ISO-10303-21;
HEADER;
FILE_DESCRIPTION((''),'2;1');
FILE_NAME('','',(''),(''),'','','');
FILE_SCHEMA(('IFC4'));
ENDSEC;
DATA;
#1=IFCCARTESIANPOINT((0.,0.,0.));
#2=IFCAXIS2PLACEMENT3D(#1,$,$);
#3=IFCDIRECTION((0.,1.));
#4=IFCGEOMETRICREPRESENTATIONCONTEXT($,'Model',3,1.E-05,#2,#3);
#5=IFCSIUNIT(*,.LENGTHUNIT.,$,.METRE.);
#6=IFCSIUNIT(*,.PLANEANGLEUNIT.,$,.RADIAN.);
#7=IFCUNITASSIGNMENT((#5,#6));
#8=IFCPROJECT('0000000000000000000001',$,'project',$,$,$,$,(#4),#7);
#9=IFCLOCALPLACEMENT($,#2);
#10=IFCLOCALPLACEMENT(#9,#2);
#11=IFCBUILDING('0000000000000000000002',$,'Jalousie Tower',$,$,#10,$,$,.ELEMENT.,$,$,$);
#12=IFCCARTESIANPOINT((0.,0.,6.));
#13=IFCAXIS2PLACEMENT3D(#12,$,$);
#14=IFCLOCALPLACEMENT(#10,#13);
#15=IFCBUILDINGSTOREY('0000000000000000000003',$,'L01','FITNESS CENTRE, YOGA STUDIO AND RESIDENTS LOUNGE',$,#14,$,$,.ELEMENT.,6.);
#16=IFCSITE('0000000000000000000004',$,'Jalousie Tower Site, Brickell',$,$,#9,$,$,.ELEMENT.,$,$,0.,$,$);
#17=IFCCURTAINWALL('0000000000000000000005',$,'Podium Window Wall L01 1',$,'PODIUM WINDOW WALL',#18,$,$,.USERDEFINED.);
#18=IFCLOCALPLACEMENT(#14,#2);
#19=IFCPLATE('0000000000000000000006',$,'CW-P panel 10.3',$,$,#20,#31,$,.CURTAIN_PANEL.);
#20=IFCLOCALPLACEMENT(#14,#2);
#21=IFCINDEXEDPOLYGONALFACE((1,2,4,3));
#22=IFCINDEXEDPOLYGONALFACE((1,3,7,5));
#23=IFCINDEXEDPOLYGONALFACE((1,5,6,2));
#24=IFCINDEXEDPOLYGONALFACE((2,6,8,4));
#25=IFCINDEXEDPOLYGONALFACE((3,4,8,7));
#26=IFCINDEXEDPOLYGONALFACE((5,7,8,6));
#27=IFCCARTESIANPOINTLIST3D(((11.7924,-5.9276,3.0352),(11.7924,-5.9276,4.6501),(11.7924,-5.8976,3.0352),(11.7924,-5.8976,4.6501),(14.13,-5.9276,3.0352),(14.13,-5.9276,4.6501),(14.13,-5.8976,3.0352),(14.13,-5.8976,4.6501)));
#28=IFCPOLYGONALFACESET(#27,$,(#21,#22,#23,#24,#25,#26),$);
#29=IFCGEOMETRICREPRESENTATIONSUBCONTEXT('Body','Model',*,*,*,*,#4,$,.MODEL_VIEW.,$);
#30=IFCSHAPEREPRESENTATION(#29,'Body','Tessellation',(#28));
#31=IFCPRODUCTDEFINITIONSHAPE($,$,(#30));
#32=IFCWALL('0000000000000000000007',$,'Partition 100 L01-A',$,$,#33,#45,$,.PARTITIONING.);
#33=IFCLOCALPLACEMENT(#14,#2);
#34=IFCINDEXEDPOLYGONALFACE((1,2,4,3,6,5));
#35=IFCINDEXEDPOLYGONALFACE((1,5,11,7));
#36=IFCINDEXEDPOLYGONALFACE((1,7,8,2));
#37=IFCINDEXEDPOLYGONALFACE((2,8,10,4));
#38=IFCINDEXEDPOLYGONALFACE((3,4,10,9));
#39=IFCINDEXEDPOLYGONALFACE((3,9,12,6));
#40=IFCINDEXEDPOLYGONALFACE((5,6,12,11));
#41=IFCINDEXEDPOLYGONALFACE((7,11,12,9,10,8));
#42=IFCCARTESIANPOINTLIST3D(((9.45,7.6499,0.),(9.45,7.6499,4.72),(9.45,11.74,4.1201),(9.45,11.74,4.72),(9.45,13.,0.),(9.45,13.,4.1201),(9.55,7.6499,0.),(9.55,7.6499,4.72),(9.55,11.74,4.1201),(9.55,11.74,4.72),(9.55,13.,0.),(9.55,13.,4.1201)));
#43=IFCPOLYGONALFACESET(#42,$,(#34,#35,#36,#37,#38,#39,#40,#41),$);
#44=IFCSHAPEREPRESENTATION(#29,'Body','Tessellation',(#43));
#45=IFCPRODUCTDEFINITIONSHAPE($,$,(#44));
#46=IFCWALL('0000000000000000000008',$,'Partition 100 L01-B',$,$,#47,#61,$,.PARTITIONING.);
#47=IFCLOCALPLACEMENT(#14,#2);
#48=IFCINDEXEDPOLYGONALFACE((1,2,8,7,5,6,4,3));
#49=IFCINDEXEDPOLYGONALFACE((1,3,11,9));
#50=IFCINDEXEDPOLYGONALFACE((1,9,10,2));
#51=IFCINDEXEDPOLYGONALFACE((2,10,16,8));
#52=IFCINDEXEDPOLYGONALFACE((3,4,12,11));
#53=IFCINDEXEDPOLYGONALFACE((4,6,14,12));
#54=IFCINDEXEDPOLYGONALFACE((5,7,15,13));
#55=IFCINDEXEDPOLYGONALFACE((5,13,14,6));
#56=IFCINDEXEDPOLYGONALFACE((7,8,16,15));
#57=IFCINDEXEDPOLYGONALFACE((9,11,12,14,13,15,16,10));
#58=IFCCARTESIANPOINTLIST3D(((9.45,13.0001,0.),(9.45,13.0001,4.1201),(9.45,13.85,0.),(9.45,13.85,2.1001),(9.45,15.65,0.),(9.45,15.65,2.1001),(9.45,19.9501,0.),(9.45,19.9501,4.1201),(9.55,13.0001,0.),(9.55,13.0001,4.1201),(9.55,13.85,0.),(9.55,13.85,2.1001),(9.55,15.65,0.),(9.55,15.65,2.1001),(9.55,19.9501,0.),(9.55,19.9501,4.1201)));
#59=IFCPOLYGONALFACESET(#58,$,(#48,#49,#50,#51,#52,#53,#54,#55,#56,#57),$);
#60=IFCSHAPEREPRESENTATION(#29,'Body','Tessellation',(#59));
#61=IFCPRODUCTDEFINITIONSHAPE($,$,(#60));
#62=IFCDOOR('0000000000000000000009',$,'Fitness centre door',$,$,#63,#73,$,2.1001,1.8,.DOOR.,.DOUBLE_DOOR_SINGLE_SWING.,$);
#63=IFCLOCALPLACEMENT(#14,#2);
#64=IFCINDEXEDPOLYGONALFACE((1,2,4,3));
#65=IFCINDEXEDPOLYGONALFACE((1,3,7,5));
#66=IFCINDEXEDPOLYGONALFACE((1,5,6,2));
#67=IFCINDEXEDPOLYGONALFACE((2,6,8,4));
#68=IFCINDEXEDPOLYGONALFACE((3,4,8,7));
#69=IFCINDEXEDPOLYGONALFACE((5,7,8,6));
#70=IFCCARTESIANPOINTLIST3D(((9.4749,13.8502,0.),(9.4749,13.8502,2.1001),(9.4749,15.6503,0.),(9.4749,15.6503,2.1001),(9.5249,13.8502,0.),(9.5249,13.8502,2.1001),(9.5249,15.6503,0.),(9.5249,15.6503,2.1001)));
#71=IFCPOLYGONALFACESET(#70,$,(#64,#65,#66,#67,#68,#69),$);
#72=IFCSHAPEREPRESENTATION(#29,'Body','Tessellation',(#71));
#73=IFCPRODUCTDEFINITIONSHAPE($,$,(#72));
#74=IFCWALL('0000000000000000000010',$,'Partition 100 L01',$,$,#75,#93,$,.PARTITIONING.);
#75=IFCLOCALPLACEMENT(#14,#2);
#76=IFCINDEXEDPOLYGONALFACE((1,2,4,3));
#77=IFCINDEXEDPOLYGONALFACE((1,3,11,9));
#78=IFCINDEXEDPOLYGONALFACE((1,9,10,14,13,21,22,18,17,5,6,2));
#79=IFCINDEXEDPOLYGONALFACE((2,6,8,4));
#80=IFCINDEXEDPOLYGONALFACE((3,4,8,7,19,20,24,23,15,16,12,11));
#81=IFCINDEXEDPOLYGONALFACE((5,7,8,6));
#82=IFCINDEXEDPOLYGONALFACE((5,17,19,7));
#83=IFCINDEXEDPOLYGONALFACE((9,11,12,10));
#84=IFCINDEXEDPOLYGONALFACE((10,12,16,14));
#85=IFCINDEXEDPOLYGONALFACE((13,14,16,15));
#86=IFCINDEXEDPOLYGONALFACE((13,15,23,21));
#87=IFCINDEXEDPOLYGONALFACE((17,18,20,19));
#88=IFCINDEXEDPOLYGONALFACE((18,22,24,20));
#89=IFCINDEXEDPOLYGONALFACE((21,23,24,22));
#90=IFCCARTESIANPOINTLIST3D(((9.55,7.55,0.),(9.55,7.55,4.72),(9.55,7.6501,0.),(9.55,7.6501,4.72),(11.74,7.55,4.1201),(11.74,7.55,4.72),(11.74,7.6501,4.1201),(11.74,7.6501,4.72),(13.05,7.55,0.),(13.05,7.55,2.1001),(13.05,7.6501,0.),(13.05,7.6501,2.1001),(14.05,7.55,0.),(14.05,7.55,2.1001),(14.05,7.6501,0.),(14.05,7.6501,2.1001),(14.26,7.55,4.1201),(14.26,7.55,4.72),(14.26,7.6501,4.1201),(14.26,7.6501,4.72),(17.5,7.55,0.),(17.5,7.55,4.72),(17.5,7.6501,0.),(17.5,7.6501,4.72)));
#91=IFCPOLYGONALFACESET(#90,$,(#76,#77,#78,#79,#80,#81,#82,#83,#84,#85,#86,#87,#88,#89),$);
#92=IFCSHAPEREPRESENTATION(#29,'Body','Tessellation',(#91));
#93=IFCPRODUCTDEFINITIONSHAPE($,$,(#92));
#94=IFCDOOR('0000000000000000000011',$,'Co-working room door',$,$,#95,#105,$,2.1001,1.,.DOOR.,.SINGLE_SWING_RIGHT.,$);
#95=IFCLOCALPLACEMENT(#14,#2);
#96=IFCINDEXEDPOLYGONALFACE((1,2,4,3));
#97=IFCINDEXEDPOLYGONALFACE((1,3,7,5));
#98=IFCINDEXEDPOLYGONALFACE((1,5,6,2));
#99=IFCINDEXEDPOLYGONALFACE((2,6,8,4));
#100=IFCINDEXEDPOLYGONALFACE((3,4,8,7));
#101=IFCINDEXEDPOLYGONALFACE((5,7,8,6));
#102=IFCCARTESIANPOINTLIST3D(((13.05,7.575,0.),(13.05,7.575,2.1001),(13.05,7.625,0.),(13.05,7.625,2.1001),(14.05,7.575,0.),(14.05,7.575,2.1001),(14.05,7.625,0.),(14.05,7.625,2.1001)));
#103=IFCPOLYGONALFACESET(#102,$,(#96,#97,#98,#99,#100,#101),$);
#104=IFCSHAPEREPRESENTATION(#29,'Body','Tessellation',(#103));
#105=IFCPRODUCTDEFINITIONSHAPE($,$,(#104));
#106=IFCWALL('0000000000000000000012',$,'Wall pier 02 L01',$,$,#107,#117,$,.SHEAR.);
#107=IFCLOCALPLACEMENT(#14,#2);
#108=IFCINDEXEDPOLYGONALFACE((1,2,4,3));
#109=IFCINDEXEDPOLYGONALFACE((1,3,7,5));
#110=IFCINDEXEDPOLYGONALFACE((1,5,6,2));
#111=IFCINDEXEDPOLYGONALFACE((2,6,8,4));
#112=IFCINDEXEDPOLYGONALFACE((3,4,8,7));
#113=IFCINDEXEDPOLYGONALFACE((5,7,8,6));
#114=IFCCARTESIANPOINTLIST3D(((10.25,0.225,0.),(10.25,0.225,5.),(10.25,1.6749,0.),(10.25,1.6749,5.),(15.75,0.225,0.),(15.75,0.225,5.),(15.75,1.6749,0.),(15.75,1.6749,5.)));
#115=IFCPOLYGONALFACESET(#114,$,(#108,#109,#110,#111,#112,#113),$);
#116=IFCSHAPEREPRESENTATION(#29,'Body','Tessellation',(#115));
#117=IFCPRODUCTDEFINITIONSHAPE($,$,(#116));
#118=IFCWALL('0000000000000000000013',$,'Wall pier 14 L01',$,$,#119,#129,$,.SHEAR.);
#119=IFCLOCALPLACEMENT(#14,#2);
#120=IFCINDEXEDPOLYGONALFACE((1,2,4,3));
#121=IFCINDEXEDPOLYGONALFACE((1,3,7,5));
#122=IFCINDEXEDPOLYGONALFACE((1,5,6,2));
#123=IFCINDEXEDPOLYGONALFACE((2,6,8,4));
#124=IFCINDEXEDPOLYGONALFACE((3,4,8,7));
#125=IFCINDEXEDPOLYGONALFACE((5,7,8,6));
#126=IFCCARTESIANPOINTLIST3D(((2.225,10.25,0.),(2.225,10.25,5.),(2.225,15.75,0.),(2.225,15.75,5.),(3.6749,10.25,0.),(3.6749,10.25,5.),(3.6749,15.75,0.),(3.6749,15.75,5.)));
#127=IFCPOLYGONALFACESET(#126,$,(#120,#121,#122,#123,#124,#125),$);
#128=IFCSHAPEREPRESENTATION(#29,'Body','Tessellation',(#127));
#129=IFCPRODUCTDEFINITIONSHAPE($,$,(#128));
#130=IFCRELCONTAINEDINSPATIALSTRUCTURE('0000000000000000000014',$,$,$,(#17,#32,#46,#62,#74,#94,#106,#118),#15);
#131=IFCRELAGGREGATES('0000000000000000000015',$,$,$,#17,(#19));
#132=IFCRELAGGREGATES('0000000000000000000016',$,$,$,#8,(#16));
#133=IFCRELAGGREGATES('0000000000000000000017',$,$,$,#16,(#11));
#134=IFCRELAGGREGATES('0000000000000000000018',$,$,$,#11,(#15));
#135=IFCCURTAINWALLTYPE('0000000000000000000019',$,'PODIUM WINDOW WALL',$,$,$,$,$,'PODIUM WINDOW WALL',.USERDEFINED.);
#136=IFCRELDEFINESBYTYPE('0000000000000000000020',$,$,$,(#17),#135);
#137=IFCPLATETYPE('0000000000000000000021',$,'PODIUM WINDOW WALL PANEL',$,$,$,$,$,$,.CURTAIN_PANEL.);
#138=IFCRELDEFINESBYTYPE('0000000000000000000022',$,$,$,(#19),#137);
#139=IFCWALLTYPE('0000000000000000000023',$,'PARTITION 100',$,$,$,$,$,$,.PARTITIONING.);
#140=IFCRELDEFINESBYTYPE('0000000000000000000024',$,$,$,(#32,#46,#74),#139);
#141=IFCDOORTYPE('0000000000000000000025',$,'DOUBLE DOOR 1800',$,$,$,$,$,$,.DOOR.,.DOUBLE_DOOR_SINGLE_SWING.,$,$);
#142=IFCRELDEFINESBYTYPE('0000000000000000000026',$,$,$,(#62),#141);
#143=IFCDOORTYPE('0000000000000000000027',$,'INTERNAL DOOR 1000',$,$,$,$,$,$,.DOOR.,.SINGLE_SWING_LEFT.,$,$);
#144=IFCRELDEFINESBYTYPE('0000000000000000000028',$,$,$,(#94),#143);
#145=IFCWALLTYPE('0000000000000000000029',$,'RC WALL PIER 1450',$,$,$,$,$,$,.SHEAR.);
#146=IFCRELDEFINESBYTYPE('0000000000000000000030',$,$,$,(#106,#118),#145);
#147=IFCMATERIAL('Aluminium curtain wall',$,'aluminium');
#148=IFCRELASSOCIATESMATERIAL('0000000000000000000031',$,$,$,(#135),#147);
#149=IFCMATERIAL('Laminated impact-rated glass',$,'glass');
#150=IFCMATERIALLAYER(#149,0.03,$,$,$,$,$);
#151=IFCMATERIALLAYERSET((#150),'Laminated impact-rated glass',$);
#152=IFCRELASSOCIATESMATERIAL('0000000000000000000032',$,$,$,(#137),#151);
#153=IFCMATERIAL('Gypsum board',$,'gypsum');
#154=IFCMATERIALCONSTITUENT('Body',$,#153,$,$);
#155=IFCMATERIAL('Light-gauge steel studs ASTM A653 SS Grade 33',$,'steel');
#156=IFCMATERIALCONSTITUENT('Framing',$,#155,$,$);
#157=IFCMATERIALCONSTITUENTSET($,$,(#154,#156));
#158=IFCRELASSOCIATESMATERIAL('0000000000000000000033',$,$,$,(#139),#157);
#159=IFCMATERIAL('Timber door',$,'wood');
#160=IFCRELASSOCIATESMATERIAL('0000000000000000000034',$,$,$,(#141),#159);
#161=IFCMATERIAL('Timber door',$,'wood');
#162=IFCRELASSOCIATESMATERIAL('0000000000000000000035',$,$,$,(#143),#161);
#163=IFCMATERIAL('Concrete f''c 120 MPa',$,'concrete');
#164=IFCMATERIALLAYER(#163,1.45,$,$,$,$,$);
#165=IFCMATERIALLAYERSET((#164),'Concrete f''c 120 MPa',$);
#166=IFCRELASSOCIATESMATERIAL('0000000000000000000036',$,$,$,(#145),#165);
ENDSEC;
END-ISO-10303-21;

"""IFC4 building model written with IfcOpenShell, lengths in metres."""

from ifc_helpers import new_model, si_unit, direction, frame, frame_2d, origin, origin_2d, place, context, subcontext, project, spatial, polyline, rectangle, outline, extrude, material, layer, layer_set, constituent, constituent_set, type_object, element, fill, aggregate, save


model = new_model("IFC4")

# Units and contexts
model_context = context("Model", 3, precision=1e-05, world=origin(), true_north=direction((0.0, 1.0)))
body_context = subcontext(model_context, "Body", "Model", "MODEL_VIEW")
ifc_project = project(units=[si_unit("LENGTHUNIT", "METRE"), si_unit("PLANEANGLEUNIT", "RADIAN")], contexts=[model_context])

# Site, building, storey
site_placement = place(None, origin())
site = spatial("IfcSite", under=ifc_project, at=site_placement, Name="Jalousie Tower Site, Brickell", CompositionType="ELEMENT", RefElevation=0.0)
building_placement = place(site_placement, origin())
building = spatial("IfcBuilding", under=site, at=building_placement, Name="Jalousie Tower", CompositionType="ELEMENT")
storey_placement = place(building_placement, frame((0.0, 0.0, 6.0)))
storey = spatial("IfcBuildingStorey", under=building, at=storey_placement, Name="L01", Description="FITNESS CENTRE, YOGA STUDIO AND RESIDENTS LOUNGE", CompositionType="ELEMENT", Elevation=6.0)

# Curtain wall
ifc_material_1 = material(Name="Aluminium curtain wall", Category="aluminium")
curtain_wall_type = type_object("IfcCurtainWallType", Name="PODIUM WINDOW WALL", ElementType="PODIUM WINDOW WALL", PredefinedType="USERDEFINED", material=ifc_material_1)
curtain_wall_placement = place(storey_placement, origin())
curtain_wall = element("IfcCurtainWall", 1, at=curtain_wall_placement, inside=storey, type_object=curtain_wall_type, Name="Podium Window Wall L01 1", ObjectType="PODIUM WINDOW WALL", PredefinedType="USERDEFINED")

# Plate
ifc_material_2 = material(Name="Laminated impact-rated glass", Category="glass")
ifc_layer_1 = layer(ifc_material_2, 0.03)
ifc_layer_set_1 = layer_set([ifc_layer_1], Name="Laminated impact-rated glass")
plate_type = type_object("IfcPlateType", Name="PODIUM WINDOW WALL PANEL", PredefinedType="CURTAIN_PANEL", material=ifc_layer_set_1)
plate_1_placement = place(storey_placement, frame((12.9612, -5.9126, 3.0352), z_axis=(0.0, 0.0, 1.0), x_axis=(1.0, 0.0, 0.0)))
plate_1 = element("IfcPlate", 2, at=plate_1_placement, type_object=plate_type, Name="CW-P panel 10.3", PredefinedType="CURTAIN_PANEL", context=body_context, shape_type="SweptSolid", body=[
    extrude(rectangle(XDim=2.3376, YDim=0.03, at=origin_2d()), origin(), (0.0, 0.0, 1.0), 1.615),
])
aggregate(curtain_wall, [plate_1])

# Wall
ifc_material_3 = material(Name="Gypsum board", Category="gypsum")
ifc_constituent_1 = constituent(ifc_material_3, Name="Body")
ifc_material_4 = material(Name="Light-gauge steel studs ASTM A653 SS Grade 33", Category="steel")
ifc_constituent_2 = constituent(ifc_material_4, Name="Framing")
ifc_constituent_set = constituent_set(constituents=[ifc_constituent_1, ifc_constituent_2])
wall_type_1 = type_object("IfcWallType", Name="PARTITION 100", PredefinedType="PARTITIONING", material=ifc_constituent_set)
wall_1_placement = place(storey_placement, frame((9.5, 7.6499, 0.0), z_axis=(0.0, 0.0, 1.0), x_axis=(0.0, 1.0, 0.0)))
element("IfcWall", 3, at=wall_1_placement, inside=storey, type_object=wall_type_1, Name="Partition 100 L01-A", PredefinedType="PARTITIONING", context=body_context, shape_type="SweptSolid", body=[
    extrude(outline(polyline([(0.0, 0.0), (5.3501, 0.0), (5.3501, 4.1201), (4.0901, 4.1201), (4.0901, 4.72), (0.0, 4.72), (0.0, 0.0)])), frame((0.0, 0.05, 0.0), z_axis=(0.0, -1.0, 0.0), x_axis=(1.0, 0.0, 0.0)), (0.0, 0.0, 1.0), 0.1001),
])

# Walls, openings, doors
wall_2_placement = place(storey_placement, frame((9.5, 13.0, 0.0), z_axis=(0.0, 0.0, 1.0), x_axis=(0.0, 1.0, 0.0)))
wall_2 = element("IfcWall", 4, at=wall_2_placement, inside=storey, type_object=wall_type_1, Name="Partition 100 L01-B", PredefinedType="PARTITIONING", context=body_context, shape_type="SweptSolid", body=[
    extrude(rectangle(XDim=6.95, YDim=0.1001, at=frame_2d((3.4751, 0.0))), origin(), (0.0, 0.0, 1.0), 4.1201),
])
opening_1_placement = place(wall_2_placement, frame((0.8501, 0.0, 0.0)))
opening_1 = element("IfcOpeningElement", 5, at=opening_1_placement, cuts=wall_2, PredefinedType="OPENING", context=body_context, shape_type="SweptSolid", body=[
    extrude(rectangle(XDim=1.8, YDim=2.1001, at=frame_2d((0.8999, 1.05))), frame((0.0, 0.0601, 0.0), z_axis=(0.0, -1.0, 0.0), x_axis=(1.0, 0.0, 0.0)), (0.0, 0.0, 1.0), 0.1201),
])
ifc_material_5 = material(Name="Timber door", Category="wood")
door_type_1 = type_object("IfcDoorType", Name="DOUBLE DOOR 1800", OperationType="DOUBLE_DOOR_SINGLE_SWING", PredefinedType="DOOR", material=ifc_material_5)
door_1_placement = place(opening_1_placement, frame((1.8, 0.0, 0.0), z_axis=(0.0, 0.0, 1.0), x_axis=(-1.0, 0.0, 0.0)))
door_1 = element("IfcDoor", 6, at=door_1_placement, inside=storey, type_object=door_type_1, Name="Fitness centre door", OperationType="DOUBLE_DOOR_SINGLE_SWING", OverallHeight=2.1001, OverallWidth=1.8, PredefinedType="DOOR", context=body_context, shape_type="SweptSolid", body=[
    extrude(rectangle(XDim=1.8, YDim=2.1001, at=frame_2d((0.8999, 1.05))), frame((0.0, 0.0249, 0.0), z_axis=(0.0, -1.0, 0.0), x_axis=(1.0, 0.0, 0.0)), (0.0, 0.0, 1.0), 0.05),
])
fill(opening_1, door_1)
wall_3_placement = place(storey_placement, frame((9.55, 7.6001, 0.0), z_axis=(0.0, 0.0, 1.0), x_axis=(1.0, 0.0, 0.0)))
wall_3 = element("IfcWall", 7, at=wall_3_placement, inside=storey, type_object=wall_type_1, Name="Partition 100 L01", PredefinedType="PARTITIONING", context=body_context, shape_type="SweptSolid", body=[
    extrude(outline(polyline([(0.0, 0.0), (7.95, 0.0), (7.95, 4.72), (4.71, 4.72), (4.71, 4.1201), (2.1899, 4.1201), (2.1899, 4.72), (0.0, 4.72), (0.0, 0.0)])), frame((0.0, 0.05, 0.0), z_axis=(0.0, -1.0, 0.0), x_axis=(1.0, 0.0, 0.0)), (0.0, 0.0, 1.0), 0.1001),
])
opening_2_placement = place(wall_3_placement, frame((3.5, 0.0, 0.0)))
opening_2 = element("IfcOpeningElement", 8, at=opening_2_placement, cuts=wall_3, PredefinedType="OPENING", context=body_context, shape_type="SweptSolid", body=[
    extrude(rectangle(XDim=1.0, YDim=2.1001, at=frame_2d((0.5, 1.05))), frame((0.0, 0.0601, 0.0), z_axis=(0.0, -1.0, 0.0), x_axis=(1.0, 0.0, 0.0)), (0.0, 0.0, 1.0), 0.1201),
])
ifc_material_6 = material(Name="Timber door", Category="wood")
door_type_2 = type_object("IfcDoorType", Name="INTERNAL DOOR 1000", OperationType="SINGLE_SWING_LEFT", PredefinedType="DOOR", material=ifc_material_6)
door_2_placement = place(opening_2_placement, origin())
door_2 = element("IfcDoor", 9, at=door_2_placement, inside=storey, type_object=door_type_2, Name="Co-working room door", OperationType="SINGLE_SWING_RIGHT", OverallHeight=2.1001, OverallWidth=1.0, PredefinedType="DOOR", context=body_context, shape_type="SweptSolid", body=[
    extrude(rectangle(XDim=1.0, YDim=2.1001, at=frame_2d((0.5, 1.05))), frame((0.0, 0.0249, 0.0), z_axis=(0.0, -1.0, 0.0), x_axis=(1.0, 0.0, 0.0)), (0.0, 0.0, 1.0), 0.05),
])
fill(opening_2, door_2)

# Walls
ifc_material_7 = material(Name="Concrete f'c 120 MPa", Category="concrete")
ifc_layer_2 = layer(ifc_material_7, 1.45)
ifc_layer_set_2 = layer_set([ifc_layer_2], Name="Concrete f'c 120 MPa")
wall_type_2 = type_object("IfcWallType", Name="RC WALL PIER 1450", PredefinedType="SHEAR", material=ifc_layer_set_2)
for number, where, z_axis, x_axis, name in (
    (10, (10.25, 0.95, 0.0), (0.0, 0.0, 1.0), (1.0, 0.0, 0.0), "Wall pier 02 L01"),
    (11, (2.95, 10.25, 0.0), (0.0, 0.0, 1.0), (0.0, 1.0, 0.0), "Wall pier 14 L01"),
):
    element("IfcWall", number, at=place(storey_placement, frame(where, z_axis=z_axis, x_axis=x_axis)), inside=storey, type_object=wall_type_2, Name=name, PredefinedType="SHEAR", context=body_context, shape_type="SweptSolid", body=[
        extrude(rectangle(XDim=5.5, YDim=1.45, at=frame_2d((2.75, 0.0))), origin(), (0.0, 0.0, 1.0), 5.0),
    ])

save(model, "model.ifc")
